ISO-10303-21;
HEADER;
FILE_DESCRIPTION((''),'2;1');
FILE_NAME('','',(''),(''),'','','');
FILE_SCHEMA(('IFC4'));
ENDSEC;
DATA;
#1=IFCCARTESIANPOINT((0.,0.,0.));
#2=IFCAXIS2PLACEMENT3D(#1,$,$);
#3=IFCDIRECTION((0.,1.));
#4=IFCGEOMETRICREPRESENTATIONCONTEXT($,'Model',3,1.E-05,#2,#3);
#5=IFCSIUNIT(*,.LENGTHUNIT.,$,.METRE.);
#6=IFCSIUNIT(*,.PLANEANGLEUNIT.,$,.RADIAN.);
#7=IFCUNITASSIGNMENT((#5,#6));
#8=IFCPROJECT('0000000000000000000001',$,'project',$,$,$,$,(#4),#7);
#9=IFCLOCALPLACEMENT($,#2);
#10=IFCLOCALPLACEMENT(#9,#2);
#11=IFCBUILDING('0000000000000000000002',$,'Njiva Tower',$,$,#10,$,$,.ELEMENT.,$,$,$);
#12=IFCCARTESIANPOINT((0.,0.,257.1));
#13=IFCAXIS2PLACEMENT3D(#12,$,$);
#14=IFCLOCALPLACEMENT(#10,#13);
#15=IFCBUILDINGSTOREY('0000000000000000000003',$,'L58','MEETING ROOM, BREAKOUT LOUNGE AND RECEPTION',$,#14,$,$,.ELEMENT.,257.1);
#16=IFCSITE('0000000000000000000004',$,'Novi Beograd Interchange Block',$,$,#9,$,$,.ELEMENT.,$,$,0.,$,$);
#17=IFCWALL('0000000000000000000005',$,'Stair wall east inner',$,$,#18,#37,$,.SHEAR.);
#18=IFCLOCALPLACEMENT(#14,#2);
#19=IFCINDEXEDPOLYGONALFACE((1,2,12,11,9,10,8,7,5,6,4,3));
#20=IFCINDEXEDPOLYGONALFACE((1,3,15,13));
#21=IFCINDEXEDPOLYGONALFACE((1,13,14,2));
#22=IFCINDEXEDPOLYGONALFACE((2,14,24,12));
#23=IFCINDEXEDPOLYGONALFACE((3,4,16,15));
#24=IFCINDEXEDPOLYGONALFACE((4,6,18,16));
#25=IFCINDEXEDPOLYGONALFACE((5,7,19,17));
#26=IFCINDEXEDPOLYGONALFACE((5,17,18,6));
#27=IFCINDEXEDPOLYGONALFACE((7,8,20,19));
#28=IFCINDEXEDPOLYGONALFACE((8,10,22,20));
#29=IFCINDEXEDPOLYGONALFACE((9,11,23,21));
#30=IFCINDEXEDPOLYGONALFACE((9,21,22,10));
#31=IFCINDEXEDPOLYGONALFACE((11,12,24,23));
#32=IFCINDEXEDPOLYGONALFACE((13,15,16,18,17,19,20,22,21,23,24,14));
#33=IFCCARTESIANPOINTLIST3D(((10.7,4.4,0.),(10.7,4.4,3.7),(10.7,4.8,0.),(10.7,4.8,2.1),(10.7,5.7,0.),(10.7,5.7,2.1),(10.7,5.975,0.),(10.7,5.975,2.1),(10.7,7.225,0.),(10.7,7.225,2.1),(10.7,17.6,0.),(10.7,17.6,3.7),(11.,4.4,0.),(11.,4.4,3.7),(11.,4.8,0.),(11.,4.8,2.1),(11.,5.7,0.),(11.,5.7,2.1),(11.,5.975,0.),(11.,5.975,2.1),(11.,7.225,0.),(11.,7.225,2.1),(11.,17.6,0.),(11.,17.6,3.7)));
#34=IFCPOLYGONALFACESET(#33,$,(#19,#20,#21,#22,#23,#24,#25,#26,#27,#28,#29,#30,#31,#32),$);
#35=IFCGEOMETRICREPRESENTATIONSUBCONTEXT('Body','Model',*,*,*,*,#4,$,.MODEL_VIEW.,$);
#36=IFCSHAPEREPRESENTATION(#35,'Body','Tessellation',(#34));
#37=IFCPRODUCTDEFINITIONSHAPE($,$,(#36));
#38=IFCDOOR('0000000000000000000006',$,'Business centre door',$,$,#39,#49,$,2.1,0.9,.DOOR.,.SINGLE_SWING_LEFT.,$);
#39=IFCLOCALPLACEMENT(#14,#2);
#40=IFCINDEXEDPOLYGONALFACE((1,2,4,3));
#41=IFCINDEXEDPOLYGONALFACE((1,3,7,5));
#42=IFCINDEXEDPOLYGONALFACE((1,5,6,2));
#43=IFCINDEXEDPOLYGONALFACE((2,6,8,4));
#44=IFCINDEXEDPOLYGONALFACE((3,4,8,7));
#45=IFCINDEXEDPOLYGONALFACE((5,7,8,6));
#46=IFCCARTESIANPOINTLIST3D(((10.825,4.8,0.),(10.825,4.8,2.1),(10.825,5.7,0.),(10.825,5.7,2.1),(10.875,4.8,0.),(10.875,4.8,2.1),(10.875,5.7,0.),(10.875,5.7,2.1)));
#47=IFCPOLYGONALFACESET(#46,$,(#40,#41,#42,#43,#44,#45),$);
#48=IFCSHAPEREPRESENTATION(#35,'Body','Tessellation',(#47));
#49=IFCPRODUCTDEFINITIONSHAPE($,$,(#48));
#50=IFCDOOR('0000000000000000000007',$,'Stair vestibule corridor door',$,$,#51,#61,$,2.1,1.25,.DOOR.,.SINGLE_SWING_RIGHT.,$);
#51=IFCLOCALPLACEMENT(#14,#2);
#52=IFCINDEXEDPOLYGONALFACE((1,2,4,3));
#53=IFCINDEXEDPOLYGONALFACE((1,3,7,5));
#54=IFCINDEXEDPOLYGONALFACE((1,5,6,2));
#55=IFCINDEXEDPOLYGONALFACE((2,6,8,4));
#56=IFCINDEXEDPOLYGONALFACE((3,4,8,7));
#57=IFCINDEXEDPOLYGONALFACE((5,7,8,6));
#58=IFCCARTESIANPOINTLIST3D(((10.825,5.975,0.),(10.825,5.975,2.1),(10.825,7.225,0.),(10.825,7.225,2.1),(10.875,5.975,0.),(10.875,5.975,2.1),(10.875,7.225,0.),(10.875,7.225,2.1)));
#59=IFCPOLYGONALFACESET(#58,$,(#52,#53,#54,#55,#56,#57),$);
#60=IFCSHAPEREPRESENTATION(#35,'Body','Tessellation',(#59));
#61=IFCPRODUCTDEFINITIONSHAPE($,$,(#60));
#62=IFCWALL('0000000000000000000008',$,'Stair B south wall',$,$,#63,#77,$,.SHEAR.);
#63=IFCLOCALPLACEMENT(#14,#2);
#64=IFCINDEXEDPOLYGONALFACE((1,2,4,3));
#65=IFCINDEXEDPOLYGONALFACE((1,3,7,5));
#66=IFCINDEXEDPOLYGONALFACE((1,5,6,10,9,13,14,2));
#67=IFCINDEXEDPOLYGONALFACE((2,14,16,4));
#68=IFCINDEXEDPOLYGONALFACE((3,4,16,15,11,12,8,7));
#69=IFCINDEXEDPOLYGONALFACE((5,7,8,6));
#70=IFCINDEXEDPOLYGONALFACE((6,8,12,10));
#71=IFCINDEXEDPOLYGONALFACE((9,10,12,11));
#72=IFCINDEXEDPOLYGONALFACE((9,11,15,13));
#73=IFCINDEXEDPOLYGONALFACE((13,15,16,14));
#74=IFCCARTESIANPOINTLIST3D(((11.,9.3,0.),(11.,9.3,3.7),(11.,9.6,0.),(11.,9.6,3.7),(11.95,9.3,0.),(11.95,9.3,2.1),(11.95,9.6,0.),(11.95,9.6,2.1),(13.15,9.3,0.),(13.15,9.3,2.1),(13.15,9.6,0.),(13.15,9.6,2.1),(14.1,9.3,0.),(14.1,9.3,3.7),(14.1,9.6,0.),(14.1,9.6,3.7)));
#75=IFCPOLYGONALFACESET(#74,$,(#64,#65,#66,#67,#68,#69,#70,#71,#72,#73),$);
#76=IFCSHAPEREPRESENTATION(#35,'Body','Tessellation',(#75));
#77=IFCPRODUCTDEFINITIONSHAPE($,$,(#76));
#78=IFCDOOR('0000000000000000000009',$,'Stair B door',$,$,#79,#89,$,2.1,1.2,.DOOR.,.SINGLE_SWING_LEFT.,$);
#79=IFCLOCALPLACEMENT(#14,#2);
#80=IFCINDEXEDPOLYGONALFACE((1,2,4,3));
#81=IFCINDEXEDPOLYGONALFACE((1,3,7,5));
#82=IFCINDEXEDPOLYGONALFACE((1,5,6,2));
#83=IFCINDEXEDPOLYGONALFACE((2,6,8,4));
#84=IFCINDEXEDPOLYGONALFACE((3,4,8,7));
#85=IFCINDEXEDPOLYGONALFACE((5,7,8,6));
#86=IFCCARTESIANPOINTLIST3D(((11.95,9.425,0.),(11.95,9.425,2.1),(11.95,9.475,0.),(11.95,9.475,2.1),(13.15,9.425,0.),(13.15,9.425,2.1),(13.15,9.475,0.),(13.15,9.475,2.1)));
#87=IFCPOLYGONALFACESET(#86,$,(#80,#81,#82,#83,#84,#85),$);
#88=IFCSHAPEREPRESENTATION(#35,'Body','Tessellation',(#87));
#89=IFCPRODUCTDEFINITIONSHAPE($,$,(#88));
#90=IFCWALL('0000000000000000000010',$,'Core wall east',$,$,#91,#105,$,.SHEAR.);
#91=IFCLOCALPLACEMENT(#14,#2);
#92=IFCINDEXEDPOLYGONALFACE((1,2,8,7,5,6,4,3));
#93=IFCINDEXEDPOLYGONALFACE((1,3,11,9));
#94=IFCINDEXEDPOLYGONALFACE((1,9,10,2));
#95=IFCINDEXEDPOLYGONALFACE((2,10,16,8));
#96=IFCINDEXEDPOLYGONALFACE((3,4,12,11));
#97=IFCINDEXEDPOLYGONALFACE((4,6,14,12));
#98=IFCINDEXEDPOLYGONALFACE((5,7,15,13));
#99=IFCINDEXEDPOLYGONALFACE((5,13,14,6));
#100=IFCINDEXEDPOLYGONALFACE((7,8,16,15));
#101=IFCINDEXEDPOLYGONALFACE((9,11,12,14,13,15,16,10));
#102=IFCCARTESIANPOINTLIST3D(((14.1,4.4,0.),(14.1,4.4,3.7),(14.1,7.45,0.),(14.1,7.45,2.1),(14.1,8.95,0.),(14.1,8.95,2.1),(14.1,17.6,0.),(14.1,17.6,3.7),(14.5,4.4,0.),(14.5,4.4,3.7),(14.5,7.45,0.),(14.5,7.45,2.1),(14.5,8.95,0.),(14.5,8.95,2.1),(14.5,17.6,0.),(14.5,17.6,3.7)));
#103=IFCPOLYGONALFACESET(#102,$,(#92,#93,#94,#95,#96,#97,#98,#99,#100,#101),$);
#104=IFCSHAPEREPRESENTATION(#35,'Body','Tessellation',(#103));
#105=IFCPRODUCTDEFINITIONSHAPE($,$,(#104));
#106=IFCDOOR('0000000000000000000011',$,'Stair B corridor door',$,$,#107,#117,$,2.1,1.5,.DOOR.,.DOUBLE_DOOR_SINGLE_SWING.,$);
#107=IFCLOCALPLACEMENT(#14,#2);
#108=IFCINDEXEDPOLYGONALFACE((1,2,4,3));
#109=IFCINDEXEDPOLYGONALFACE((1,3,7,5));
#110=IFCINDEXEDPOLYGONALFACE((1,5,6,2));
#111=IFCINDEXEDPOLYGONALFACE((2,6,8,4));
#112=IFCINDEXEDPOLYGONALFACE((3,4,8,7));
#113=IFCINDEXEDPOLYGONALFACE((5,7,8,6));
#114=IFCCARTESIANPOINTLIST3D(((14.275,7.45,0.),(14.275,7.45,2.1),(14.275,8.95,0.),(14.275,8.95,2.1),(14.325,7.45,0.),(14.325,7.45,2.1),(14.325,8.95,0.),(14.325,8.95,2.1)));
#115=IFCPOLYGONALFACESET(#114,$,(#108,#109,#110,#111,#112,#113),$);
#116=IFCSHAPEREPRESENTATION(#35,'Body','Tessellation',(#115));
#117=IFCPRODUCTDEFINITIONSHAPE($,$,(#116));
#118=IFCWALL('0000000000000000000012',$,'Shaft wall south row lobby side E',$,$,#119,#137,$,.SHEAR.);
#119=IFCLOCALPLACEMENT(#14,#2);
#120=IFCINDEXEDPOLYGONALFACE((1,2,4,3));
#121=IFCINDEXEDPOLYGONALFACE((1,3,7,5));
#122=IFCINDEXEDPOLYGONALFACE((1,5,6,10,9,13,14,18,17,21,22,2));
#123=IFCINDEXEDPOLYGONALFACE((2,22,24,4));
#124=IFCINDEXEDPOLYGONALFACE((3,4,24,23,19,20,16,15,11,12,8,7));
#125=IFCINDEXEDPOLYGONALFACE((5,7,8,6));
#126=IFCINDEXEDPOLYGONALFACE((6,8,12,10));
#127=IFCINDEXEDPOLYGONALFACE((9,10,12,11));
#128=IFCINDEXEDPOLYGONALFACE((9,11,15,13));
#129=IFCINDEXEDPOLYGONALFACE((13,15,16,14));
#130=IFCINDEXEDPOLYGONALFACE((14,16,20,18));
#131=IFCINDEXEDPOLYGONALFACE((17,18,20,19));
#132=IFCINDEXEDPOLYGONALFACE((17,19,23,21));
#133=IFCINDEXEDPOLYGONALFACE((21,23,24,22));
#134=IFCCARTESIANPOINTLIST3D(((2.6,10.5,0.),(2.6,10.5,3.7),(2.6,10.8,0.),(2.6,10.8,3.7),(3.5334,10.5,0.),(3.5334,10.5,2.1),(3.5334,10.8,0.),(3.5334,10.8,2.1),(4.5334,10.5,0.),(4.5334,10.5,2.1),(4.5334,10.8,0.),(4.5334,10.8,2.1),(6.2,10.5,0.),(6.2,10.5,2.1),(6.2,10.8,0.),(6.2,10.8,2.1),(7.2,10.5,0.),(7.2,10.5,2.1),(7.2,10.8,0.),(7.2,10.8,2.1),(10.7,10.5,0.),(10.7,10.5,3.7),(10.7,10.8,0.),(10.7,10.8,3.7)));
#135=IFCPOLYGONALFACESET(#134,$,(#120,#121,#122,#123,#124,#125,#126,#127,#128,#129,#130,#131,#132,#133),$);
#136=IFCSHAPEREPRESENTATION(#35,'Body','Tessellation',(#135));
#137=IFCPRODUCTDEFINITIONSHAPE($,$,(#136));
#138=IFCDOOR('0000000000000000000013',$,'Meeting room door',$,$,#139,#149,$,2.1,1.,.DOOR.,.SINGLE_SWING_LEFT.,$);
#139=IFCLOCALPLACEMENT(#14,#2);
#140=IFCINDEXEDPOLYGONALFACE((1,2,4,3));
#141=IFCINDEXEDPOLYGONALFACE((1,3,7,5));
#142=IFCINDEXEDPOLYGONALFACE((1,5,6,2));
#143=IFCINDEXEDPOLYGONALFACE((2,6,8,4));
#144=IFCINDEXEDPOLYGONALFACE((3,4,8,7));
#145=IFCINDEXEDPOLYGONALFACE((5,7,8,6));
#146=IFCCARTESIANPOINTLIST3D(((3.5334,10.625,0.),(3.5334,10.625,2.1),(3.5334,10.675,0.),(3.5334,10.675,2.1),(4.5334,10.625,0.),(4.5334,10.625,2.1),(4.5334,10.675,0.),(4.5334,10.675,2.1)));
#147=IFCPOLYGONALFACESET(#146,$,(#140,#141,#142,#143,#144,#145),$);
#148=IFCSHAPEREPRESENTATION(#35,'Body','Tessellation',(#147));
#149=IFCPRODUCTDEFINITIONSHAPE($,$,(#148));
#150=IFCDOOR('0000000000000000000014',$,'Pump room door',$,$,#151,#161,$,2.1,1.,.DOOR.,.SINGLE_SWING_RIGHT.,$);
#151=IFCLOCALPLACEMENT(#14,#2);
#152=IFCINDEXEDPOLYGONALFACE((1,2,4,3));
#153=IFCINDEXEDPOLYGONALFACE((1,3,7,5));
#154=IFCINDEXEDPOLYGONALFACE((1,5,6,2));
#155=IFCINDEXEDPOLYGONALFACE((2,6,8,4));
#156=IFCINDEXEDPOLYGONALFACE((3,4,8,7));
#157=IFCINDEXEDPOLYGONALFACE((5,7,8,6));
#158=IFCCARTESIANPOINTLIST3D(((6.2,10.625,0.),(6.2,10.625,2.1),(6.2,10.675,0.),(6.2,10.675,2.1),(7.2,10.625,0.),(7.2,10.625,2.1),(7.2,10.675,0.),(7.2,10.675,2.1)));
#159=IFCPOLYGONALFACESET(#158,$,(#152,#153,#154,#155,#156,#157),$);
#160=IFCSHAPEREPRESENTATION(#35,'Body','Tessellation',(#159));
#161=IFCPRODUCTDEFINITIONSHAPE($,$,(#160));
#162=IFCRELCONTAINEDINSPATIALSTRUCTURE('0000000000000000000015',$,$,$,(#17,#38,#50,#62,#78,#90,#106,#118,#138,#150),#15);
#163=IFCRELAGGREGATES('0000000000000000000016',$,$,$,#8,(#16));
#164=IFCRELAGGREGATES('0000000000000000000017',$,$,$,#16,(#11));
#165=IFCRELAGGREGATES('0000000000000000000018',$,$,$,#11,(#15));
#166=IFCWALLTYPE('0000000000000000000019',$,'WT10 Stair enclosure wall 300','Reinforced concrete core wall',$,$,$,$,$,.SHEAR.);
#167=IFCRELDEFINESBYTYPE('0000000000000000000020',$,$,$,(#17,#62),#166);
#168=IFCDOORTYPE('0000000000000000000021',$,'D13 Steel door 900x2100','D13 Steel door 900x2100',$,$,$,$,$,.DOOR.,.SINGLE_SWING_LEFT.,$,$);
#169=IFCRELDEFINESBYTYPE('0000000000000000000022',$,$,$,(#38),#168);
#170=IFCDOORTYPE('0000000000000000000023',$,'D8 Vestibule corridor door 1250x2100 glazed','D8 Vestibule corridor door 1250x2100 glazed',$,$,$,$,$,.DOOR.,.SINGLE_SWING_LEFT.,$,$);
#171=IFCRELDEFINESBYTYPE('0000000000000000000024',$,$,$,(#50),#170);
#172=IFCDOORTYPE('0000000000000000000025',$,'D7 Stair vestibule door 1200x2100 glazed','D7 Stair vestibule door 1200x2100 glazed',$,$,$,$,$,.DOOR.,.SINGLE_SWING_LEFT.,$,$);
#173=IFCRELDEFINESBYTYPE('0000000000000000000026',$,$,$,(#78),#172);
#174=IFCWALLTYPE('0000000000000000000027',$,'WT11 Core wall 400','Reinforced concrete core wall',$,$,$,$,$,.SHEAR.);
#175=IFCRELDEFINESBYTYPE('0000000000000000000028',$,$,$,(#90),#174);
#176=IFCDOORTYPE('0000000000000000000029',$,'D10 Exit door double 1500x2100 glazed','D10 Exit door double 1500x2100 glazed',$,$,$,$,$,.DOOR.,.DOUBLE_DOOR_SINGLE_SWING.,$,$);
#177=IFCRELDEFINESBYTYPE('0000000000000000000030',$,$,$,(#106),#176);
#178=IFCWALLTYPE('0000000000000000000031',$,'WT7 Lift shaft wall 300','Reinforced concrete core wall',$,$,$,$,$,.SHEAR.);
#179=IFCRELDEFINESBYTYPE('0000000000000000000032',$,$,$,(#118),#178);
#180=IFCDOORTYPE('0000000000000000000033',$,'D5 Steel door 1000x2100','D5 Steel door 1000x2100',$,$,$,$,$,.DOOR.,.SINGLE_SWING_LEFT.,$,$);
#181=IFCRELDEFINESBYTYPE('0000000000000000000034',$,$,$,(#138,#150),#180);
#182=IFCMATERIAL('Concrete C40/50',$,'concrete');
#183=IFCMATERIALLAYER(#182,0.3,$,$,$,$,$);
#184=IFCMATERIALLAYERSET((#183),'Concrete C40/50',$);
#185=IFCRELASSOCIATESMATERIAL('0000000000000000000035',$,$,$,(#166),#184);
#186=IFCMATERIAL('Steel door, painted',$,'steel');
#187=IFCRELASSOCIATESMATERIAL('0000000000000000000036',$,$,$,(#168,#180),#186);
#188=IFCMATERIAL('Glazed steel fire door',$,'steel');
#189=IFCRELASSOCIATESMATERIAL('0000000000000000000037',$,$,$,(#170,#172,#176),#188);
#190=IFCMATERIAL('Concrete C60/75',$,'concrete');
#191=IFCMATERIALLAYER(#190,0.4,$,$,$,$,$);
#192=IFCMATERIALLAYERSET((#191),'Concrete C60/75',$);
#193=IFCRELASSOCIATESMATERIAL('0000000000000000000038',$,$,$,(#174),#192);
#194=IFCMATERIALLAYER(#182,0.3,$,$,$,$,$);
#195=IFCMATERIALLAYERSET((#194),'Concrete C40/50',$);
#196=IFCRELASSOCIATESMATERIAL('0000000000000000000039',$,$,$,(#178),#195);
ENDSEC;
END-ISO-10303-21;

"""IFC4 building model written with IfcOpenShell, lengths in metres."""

from ifc_helpers import new_model, si_unit, direction, frame, frame_2d, origin, place, context, subcontext, project, spatial, rectangle, extrude, material, layer, layer_set, type_object, element, fill, save


model = new_model("IFC4")

# Units and contexts
model_context = context("Model", 3, precision=1e-05, world=origin(), true_north=direction((0.0, 1.0)))
body_context = subcontext(model_context, "Body", "Model", "MODEL_VIEW")
ifc_project = project(units=[si_unit("LENGTHUNIT", "METRE"), si_unit("PLANEANGLEUNIT", "RADIAN")], contexts=[model_context])

# Site, building, storey
site_placement = place(None, origin())
site = spatial("IfcSite", under=ifc_project, at=site_placement, Name="Novi Beograd Interchange Block", CompositionType="ELEMENT", RefElevation=0.0)
building_placement = place(site_placement, origin())
building = spatial("IfcBuilding", under=site, at=building_placement, Name="Njiva Tower", CompositionType="ELEMENT")
storey_placement = place(building_placement, frame((0.0, 0.0, 257.1)))
storey = spatial("IfcBuildingStorey", under=building, at=storey_placement, Name="L58", Description="MEETING ROOM, BREAKOUT LOUNGE AND RECEPTION", CompositionType="ELEMENT", Elevation=257.1)

# Wall, openings, doors
ifc_material_1 = material(Name="Concrete C40/50", Category="concrete")
ifc_layer_1 = layer(ifc_material_1, 0.3)
ifc_layer_set_1 = layer_set([ifc_layer_1], Name="Concrete C40/50")
wall_type_1 = type_object("IfcWallType", Name="WT10 Stair enclosure wall 300", Description="Reinforced concrete core wall", PredefinedType="SHEAR", material=ifc_layer_set_1)
wall_1_placement = place(storey_placement, frame((10.85, 4.4, 0.0), z_axis=(0.0, 0.0, 1.0), x_axis=(0.0, 1.0, 0.0)))
wall_1 = element("IfcWall", 1, at=wall_1_placement, inside=storey, type_object=wall_type_1, Name="Stair wall east inner", PredefinedType="SHEAR", context=body_context, shape_type="SweptSolid", body=[
    extrude(rectangle(XDim=13.2, YDim=0.3, at=frame_2d((6.6, 0.0))), origin(), (0.0, 0.0, 1.0), 3.7),
])
opening_1_placement = place(wall_1_placement, frame((1.575, 0.0, 0.0)))
opening_1 = element("IfcOpeningElement", 2, at=opening_1_placement, cuts=wall_1, PredefinedType="OPENING", context=body_context, shape_type="SweptSolid", body=[
    extrude(rectangle(XDim=1.25, YDim=2.1, at=frame_2d((0.625, 1.05))), frame((0.0, 0.16, 0.0), z_axis=(0.0, -1.0, 0.0), x_axis=(1.0, 0.0, 0.0)), (0.0, 0.0, 1.0), 0.32),
])
opening_2_placement = place(wall_1_placement, frame((0.4, 0.0, 0.0)))
opening_2 = element("IfcOpeningElement", 3, at=opening_2_placement, cuts=wall_1, PredefinedType="OPENING", context=body_context, shape_type="SweptSolid", body=[
    extrude(rectangle(XDim=0.9, YDim=2.1, at=frame_2d((0.45, 1.05))), frame((0.0, 0.16, 0.0), z_axis=(0.0, -1.0, 0.0), x_axis=(1.0, 0.0, 0.0)), (0.0, 0.0, 1.0), 0.32),
])
ifc_material_2 = material(Name="Steel door, painted", Category="steel")
door_type_1 = type_object("IfcDoorType", Name="D13 Steel door 900x2100", Description="D13 Steel door 900x2100", OperationType="SINGLE_SWING_LEFT", PredefinedType="DOOR", material=ifc_material_2)
door_1_placement = place(opening_2_placement, origin())
door_1 = element("IfcDoor", 4, at=door_1_placement, inside=storey, type_object=door_type_1, Name="Business centre door", OperationType="SINGLE_SWING_LEFT", OverallHeight=2.1, OverallWidth=0.9, PredefinedType="DOOR", context=body_context, shape_type="SweptSolid", body=[
    extrude(rectangle(XDim=0.9, YDim=2.1, at=frame_2d((0.45, 1.05))), frame((0.0, 0.025, 0.0), z_axis=(0.0, -1.0, 0.0), x_axis=(1.0, 0.0, 0.0)), (0.0, 0.0, 1.0), 0.05),
])
fill(opening_2, door_1)
ifc_material_3 = material(Name="Glazed steel fire door", Category="steel")
door_type_2 = type_object("IfcDoorType", Name="D8 Vestibule corridor door 1250x2100 glazed", Description="D8 Vestibule corridor door 1250x2100 glazed", OperationType="SINGLE_SWING_LEFT", PredefinedType="DOOR", material=ifc_material_3)
door_2_placement = place(opening_1_placement, origin())
door_2 = element("IfcDoor", 5, at=door_2_placement, inside=storey, type_object=door_type_2, Name="Stair vestibule corridor door", OperationType="SINGLE_SWING_RIGHT", OverallHeight=2.1, OverallWidth=1.25, PredefinedType="DOOR", context=body_context, shape_type="SweptSolid", body=[
    extrude(rectangle(XDim=1.25, YDim=2.1, at=frame_2d((0.625, 1.05))), frame((0.0, 0.025, 0.0), z_axis=(0.0, -1.0, 0.0), x_axis=(1.0, 0.0, 0.0)), (0.0, 0.0, 1.0), 0.05),
])
fill(opening_1, door_2)

# Walls, openings, doors
wall_2_placement = place(storey_placement, frame((11.0, 9.45, 0.0), z_axis=(0.0, 0.0, 1.0), x_axis=(1.0, 0.0, 0.0)))
wall_2 = element("IfcWall", 6, at=wall_2_placement, inside=storey, type_object=wall_type_1, Name="Stair B south wall", PredefinedType="SHEAR", context=body_context, shape_type="SweptSolid", body=[
    extrude(rectangle(XDim=3.1, YDim=0.3, at=frame_2d((1.55, 0.0))), origin(), (0.0, 0.0, 1.0), 3.7),
])
opening_3_placement = place(wall_2_placement, frame((0.95, 0.0, 0.0)))
opening_3 = element("IfcOpeningElement", 7, at=opening_3_placement, cuts=wall_2, PredefinedType="OPENING", context=body_context, shape_type="SweptSolid", body=[
    extrude(rectangle(XDim=1.2, YDim=2.1, at=frame_2d((0.6, 1.05))), frame((0.0, 0.16, 0.0), z_axis=(0.0, -1.0, 0.0), x_axis=(1.0, 0.0, 0.0)), (0.0, 0.0, 1.0), 0.32),
])
door_type_3 = type_object("IfcDoorType", Name="D7 Stair vestibule door 1200x2100 glazed", Description="D7 Stair vestibule door 1200x2100 glazed", OperationType="SINGLE_SWING_LEFT", PredefinedType="DOOR", material=ifc_material_3)
door_3_placement = place(opening_3_placement, origin())
door_3 = element("IfcDoor", 8, at=door_3_placement, inside=storey, type_object=door_type_3, Name="Stair B door", OperationType="SINGLE_SWING_LEFT", OverallHeight=2.1, OverallWidth=1.2, PredefinedType="DOOR", context=body_context, shape_type="SweptSolid", body=[
    extrude(rectangle(XDim=1.2, YDim=2.1, at=frame_2d((0.6, 1.05))), frame((0.0, 0.025, 0.0), z_axis=(0.0, -1.0, 0.0), x_axis=(1.0, 0.0, 0.0)), (0.0, 0.0, 1.0), 0.05),
])
fill(opening_3, door_3)
ifc_material_4 = material(Name="Concrete C60/75", Category="concrete")
ifc_layer_2 = layer(ifc_material_4, 0.4)
ifc_layer_set_2 = layer_set([ifc_layer_2], Name="Concrete C60/75")
wall_type_2 = type_object("IfcWallType", Name="WT11 Core wall 400", Description="Reinforced concrete core wall", PredefinedType="SHEAR", material=ifc_layer_set_2)
wall_3_placement = place(storey_placement, frame((14.3, 4.4, 0.0), z_axis=(0.0, 0.0, 1.0), x_axis=(0.0, 1.0, 0.0)))
wall_3 = element("IfcWall", 9, at=wall_3_placement, inside=storey, type_object=wall_type_2, Name="Core wall east", PredefinedType="SHEAR", context=body_context, shape_type="SweptSolid", body=[
    extrude(rectangle(XDim=13.2, YDim=0.4, at=frame_2d((6.6, 0.0))), origin(), (0.0, 0.0, 1.0), 3.7),
])
opening_4_placement = place(wall_3_placement, frame((3.05, 0.0, 0.0)))
opening_4 = element("IfcOpeningElement", 10, at=opening_4_placement, cuts=wall_3, PredefinedType="OPENING", context=body_context, shape_type="SweptSolid", body=[
    extrude(rectangle(XDim=1.5, YDim=2.1, at=frame_2d((0.75, 1.05))), frame((0.0, 0.21, 0.0), z_axis=(0.0, -1.0, 0.0), x_axis=(1.0, 0.0, 0.0)), (0.0, 0.0, 1.0), 0.42),
])
door_type_4 = type_object("IfcDoorType", Name="D10 Exit door double 1500x2100 glazed", Description="D10 Exit door double 1500x2100 glazed", OperationType="DOUBLE_DOOR_SINGLE_SWING", PredefinedType="DOOR", material=ifc_material_3)
door_4_placement = place(opening_4_placement, origin())
door_4 = element("IfcDoor", 11, at=door_4_placement, inside=storey, type_object=door_type_4, Name="Stair B corridor door", OperationType="DOUBLE_DOOR_SINGLE_SWING", OverallHeight=2.1, OverallWidth=1.5, PredefinedType="DOOR", context=body_context, shape_type="SweptSolid", body=[
    extrude(rectangle(XDim=1.5, YDim=2.1, at=frame_2d((0.75, 1.05))), frame((0.0, 0.025, 0.0), z_axis=(0.0, -1.0, 0.0), x_axis=(1.0, 0.0, 0.0)), (0.0, 0.0, 1.0), 0.05),
])
fill(opening_4, door_4)

# Wall, openings, doors
ifc_layer_3 = layer(ifc_material_1, 0.3)
ifc_layer_set_3 = layer_set([ifc_layer_3], Name="Concrete C40/50")
wall_type_3 = type_object("IfcWallType", Name="WT7 Lift shaft wall 300", Description="Reinforced concrete core wall", PredefinedType="SHEAR", material=ifc_layer_set_3)
wall_4_placement = place(storey_placement, frame((2.6, 10.65, 0.0), z_axis=(0.0, 0.0, 1.0), x_axis=(1.0, 0.0, 0.0)))
wall_4 = element("IfcWall", 12, at=wall_4_placement, inside=storey, type_object=wall_type_3, Name="Shaft wall south row lobby side E", PredefinedType="SHEAR", context=body_context, shape_type="SweptSolid", body=[
    extrude(rectangle(XDim=8.1, YDim=0.3, at=frame_2d((4.05, 0.0))), origin(), (0.0, 0.0, 1.0), 3.7),
])
opening_5_placement = place(wall_4_placement, frame((0.9334, 0.0, 0.0)))
opening_5 = element("IfcOpeningElement", 13, at=opening_5_placement, cuts=wall_4, PredefinedType="OPENING", context=body_context, shape_type="SweptSolid", body=[
    extrude(rectangle(XDim=1.0, YDim=2.1, at=frame_2d((0.5, 1.05))), frame((0.0, 0.16, 0.0), z_axis=(0.0, -1.0, 0.0), x_axis=(1.0, 0.0, 0.0)), (0.0, 0.0, 1.0), 0.32),
])
opening_6_placement = place(wall_4_placement, frame((3.6, 0.0, 0.0)))
opening_6 = element("IfcOpeningElement", 14, at=opening_6_placement, cuts=wall_4, PredefinedType="OPENING", context=body_context, shape_type="SweptSolid", body=[
    extrude(rectangle(XDim=1.0, YDim=2.1, at=frame_2d((0.5, 1.05))), frame((0.0, 0.16, 0.0), z_axis=(0.0, -1.0, 0.0), x_axis=(1.0, 0.0, 0.0)), (0.0, 0.0, 1.0), 0.32),
])
door_type_5 = type_object("IfcDoorType", Name="D5 Steel door 1000x2100", Description="D5 Steel door 1000x2100", OperationType="SINGLE_SWING_LEFT", PredefinedType="DOOR", material=ifc_material_2)
door_5_placement = place(opening_5_placement, origin())
door_5 = element("IfcDoor", 15, at=door_5_placement, inside=storey, type_object=door_type_5, Name="Meeting room door", OperationType="SINGLE_SWING_LEFT", OverallHeight=2.1, OverallWidth=1.0, PredefinedType="DOOR", context=body_context, shape_type="SweptSolid", body=[
    extrude(rectangle(XDim=1.0, YDim=2.1, at=frame_2d((0.5, 1.05))), frame((0.0, 0.025, 0.0), z_axis=(0.0, -1.0, 0.0), x_axis=(1.0, 0.0, 0.0)), (0.0, 0.0, 1.0), 0.05),
])
fill(opening_5, door_5)
door_6_placement = place(opening_6_placement, origin())
door_6 = element("IfcDoor", 16, at=door_6_placement, inside=storey, type_object=door_type_5, Name="Pump room door", OperationType="SINGLE_SWING_RIGHT", OverallHeight=2.1, OverallWidth=1.0, PredefinedType="DOOR", context=body_context, shape_type="SweptSolid", body=[
    extrude(rectangle(XDim=1.0, YDim=2.1, at=frame_2d((0.5, 1.05))), frame((0.0, 0.025, 0.0), z_axis=(0.0, -1.0, 0.0), x_axis=(1.0, 0.0, 0.0)), (0.0, 0.0, 1.0), 0.05),
])
fill(opening_6, door_6)

save(model, "model.ifc")
